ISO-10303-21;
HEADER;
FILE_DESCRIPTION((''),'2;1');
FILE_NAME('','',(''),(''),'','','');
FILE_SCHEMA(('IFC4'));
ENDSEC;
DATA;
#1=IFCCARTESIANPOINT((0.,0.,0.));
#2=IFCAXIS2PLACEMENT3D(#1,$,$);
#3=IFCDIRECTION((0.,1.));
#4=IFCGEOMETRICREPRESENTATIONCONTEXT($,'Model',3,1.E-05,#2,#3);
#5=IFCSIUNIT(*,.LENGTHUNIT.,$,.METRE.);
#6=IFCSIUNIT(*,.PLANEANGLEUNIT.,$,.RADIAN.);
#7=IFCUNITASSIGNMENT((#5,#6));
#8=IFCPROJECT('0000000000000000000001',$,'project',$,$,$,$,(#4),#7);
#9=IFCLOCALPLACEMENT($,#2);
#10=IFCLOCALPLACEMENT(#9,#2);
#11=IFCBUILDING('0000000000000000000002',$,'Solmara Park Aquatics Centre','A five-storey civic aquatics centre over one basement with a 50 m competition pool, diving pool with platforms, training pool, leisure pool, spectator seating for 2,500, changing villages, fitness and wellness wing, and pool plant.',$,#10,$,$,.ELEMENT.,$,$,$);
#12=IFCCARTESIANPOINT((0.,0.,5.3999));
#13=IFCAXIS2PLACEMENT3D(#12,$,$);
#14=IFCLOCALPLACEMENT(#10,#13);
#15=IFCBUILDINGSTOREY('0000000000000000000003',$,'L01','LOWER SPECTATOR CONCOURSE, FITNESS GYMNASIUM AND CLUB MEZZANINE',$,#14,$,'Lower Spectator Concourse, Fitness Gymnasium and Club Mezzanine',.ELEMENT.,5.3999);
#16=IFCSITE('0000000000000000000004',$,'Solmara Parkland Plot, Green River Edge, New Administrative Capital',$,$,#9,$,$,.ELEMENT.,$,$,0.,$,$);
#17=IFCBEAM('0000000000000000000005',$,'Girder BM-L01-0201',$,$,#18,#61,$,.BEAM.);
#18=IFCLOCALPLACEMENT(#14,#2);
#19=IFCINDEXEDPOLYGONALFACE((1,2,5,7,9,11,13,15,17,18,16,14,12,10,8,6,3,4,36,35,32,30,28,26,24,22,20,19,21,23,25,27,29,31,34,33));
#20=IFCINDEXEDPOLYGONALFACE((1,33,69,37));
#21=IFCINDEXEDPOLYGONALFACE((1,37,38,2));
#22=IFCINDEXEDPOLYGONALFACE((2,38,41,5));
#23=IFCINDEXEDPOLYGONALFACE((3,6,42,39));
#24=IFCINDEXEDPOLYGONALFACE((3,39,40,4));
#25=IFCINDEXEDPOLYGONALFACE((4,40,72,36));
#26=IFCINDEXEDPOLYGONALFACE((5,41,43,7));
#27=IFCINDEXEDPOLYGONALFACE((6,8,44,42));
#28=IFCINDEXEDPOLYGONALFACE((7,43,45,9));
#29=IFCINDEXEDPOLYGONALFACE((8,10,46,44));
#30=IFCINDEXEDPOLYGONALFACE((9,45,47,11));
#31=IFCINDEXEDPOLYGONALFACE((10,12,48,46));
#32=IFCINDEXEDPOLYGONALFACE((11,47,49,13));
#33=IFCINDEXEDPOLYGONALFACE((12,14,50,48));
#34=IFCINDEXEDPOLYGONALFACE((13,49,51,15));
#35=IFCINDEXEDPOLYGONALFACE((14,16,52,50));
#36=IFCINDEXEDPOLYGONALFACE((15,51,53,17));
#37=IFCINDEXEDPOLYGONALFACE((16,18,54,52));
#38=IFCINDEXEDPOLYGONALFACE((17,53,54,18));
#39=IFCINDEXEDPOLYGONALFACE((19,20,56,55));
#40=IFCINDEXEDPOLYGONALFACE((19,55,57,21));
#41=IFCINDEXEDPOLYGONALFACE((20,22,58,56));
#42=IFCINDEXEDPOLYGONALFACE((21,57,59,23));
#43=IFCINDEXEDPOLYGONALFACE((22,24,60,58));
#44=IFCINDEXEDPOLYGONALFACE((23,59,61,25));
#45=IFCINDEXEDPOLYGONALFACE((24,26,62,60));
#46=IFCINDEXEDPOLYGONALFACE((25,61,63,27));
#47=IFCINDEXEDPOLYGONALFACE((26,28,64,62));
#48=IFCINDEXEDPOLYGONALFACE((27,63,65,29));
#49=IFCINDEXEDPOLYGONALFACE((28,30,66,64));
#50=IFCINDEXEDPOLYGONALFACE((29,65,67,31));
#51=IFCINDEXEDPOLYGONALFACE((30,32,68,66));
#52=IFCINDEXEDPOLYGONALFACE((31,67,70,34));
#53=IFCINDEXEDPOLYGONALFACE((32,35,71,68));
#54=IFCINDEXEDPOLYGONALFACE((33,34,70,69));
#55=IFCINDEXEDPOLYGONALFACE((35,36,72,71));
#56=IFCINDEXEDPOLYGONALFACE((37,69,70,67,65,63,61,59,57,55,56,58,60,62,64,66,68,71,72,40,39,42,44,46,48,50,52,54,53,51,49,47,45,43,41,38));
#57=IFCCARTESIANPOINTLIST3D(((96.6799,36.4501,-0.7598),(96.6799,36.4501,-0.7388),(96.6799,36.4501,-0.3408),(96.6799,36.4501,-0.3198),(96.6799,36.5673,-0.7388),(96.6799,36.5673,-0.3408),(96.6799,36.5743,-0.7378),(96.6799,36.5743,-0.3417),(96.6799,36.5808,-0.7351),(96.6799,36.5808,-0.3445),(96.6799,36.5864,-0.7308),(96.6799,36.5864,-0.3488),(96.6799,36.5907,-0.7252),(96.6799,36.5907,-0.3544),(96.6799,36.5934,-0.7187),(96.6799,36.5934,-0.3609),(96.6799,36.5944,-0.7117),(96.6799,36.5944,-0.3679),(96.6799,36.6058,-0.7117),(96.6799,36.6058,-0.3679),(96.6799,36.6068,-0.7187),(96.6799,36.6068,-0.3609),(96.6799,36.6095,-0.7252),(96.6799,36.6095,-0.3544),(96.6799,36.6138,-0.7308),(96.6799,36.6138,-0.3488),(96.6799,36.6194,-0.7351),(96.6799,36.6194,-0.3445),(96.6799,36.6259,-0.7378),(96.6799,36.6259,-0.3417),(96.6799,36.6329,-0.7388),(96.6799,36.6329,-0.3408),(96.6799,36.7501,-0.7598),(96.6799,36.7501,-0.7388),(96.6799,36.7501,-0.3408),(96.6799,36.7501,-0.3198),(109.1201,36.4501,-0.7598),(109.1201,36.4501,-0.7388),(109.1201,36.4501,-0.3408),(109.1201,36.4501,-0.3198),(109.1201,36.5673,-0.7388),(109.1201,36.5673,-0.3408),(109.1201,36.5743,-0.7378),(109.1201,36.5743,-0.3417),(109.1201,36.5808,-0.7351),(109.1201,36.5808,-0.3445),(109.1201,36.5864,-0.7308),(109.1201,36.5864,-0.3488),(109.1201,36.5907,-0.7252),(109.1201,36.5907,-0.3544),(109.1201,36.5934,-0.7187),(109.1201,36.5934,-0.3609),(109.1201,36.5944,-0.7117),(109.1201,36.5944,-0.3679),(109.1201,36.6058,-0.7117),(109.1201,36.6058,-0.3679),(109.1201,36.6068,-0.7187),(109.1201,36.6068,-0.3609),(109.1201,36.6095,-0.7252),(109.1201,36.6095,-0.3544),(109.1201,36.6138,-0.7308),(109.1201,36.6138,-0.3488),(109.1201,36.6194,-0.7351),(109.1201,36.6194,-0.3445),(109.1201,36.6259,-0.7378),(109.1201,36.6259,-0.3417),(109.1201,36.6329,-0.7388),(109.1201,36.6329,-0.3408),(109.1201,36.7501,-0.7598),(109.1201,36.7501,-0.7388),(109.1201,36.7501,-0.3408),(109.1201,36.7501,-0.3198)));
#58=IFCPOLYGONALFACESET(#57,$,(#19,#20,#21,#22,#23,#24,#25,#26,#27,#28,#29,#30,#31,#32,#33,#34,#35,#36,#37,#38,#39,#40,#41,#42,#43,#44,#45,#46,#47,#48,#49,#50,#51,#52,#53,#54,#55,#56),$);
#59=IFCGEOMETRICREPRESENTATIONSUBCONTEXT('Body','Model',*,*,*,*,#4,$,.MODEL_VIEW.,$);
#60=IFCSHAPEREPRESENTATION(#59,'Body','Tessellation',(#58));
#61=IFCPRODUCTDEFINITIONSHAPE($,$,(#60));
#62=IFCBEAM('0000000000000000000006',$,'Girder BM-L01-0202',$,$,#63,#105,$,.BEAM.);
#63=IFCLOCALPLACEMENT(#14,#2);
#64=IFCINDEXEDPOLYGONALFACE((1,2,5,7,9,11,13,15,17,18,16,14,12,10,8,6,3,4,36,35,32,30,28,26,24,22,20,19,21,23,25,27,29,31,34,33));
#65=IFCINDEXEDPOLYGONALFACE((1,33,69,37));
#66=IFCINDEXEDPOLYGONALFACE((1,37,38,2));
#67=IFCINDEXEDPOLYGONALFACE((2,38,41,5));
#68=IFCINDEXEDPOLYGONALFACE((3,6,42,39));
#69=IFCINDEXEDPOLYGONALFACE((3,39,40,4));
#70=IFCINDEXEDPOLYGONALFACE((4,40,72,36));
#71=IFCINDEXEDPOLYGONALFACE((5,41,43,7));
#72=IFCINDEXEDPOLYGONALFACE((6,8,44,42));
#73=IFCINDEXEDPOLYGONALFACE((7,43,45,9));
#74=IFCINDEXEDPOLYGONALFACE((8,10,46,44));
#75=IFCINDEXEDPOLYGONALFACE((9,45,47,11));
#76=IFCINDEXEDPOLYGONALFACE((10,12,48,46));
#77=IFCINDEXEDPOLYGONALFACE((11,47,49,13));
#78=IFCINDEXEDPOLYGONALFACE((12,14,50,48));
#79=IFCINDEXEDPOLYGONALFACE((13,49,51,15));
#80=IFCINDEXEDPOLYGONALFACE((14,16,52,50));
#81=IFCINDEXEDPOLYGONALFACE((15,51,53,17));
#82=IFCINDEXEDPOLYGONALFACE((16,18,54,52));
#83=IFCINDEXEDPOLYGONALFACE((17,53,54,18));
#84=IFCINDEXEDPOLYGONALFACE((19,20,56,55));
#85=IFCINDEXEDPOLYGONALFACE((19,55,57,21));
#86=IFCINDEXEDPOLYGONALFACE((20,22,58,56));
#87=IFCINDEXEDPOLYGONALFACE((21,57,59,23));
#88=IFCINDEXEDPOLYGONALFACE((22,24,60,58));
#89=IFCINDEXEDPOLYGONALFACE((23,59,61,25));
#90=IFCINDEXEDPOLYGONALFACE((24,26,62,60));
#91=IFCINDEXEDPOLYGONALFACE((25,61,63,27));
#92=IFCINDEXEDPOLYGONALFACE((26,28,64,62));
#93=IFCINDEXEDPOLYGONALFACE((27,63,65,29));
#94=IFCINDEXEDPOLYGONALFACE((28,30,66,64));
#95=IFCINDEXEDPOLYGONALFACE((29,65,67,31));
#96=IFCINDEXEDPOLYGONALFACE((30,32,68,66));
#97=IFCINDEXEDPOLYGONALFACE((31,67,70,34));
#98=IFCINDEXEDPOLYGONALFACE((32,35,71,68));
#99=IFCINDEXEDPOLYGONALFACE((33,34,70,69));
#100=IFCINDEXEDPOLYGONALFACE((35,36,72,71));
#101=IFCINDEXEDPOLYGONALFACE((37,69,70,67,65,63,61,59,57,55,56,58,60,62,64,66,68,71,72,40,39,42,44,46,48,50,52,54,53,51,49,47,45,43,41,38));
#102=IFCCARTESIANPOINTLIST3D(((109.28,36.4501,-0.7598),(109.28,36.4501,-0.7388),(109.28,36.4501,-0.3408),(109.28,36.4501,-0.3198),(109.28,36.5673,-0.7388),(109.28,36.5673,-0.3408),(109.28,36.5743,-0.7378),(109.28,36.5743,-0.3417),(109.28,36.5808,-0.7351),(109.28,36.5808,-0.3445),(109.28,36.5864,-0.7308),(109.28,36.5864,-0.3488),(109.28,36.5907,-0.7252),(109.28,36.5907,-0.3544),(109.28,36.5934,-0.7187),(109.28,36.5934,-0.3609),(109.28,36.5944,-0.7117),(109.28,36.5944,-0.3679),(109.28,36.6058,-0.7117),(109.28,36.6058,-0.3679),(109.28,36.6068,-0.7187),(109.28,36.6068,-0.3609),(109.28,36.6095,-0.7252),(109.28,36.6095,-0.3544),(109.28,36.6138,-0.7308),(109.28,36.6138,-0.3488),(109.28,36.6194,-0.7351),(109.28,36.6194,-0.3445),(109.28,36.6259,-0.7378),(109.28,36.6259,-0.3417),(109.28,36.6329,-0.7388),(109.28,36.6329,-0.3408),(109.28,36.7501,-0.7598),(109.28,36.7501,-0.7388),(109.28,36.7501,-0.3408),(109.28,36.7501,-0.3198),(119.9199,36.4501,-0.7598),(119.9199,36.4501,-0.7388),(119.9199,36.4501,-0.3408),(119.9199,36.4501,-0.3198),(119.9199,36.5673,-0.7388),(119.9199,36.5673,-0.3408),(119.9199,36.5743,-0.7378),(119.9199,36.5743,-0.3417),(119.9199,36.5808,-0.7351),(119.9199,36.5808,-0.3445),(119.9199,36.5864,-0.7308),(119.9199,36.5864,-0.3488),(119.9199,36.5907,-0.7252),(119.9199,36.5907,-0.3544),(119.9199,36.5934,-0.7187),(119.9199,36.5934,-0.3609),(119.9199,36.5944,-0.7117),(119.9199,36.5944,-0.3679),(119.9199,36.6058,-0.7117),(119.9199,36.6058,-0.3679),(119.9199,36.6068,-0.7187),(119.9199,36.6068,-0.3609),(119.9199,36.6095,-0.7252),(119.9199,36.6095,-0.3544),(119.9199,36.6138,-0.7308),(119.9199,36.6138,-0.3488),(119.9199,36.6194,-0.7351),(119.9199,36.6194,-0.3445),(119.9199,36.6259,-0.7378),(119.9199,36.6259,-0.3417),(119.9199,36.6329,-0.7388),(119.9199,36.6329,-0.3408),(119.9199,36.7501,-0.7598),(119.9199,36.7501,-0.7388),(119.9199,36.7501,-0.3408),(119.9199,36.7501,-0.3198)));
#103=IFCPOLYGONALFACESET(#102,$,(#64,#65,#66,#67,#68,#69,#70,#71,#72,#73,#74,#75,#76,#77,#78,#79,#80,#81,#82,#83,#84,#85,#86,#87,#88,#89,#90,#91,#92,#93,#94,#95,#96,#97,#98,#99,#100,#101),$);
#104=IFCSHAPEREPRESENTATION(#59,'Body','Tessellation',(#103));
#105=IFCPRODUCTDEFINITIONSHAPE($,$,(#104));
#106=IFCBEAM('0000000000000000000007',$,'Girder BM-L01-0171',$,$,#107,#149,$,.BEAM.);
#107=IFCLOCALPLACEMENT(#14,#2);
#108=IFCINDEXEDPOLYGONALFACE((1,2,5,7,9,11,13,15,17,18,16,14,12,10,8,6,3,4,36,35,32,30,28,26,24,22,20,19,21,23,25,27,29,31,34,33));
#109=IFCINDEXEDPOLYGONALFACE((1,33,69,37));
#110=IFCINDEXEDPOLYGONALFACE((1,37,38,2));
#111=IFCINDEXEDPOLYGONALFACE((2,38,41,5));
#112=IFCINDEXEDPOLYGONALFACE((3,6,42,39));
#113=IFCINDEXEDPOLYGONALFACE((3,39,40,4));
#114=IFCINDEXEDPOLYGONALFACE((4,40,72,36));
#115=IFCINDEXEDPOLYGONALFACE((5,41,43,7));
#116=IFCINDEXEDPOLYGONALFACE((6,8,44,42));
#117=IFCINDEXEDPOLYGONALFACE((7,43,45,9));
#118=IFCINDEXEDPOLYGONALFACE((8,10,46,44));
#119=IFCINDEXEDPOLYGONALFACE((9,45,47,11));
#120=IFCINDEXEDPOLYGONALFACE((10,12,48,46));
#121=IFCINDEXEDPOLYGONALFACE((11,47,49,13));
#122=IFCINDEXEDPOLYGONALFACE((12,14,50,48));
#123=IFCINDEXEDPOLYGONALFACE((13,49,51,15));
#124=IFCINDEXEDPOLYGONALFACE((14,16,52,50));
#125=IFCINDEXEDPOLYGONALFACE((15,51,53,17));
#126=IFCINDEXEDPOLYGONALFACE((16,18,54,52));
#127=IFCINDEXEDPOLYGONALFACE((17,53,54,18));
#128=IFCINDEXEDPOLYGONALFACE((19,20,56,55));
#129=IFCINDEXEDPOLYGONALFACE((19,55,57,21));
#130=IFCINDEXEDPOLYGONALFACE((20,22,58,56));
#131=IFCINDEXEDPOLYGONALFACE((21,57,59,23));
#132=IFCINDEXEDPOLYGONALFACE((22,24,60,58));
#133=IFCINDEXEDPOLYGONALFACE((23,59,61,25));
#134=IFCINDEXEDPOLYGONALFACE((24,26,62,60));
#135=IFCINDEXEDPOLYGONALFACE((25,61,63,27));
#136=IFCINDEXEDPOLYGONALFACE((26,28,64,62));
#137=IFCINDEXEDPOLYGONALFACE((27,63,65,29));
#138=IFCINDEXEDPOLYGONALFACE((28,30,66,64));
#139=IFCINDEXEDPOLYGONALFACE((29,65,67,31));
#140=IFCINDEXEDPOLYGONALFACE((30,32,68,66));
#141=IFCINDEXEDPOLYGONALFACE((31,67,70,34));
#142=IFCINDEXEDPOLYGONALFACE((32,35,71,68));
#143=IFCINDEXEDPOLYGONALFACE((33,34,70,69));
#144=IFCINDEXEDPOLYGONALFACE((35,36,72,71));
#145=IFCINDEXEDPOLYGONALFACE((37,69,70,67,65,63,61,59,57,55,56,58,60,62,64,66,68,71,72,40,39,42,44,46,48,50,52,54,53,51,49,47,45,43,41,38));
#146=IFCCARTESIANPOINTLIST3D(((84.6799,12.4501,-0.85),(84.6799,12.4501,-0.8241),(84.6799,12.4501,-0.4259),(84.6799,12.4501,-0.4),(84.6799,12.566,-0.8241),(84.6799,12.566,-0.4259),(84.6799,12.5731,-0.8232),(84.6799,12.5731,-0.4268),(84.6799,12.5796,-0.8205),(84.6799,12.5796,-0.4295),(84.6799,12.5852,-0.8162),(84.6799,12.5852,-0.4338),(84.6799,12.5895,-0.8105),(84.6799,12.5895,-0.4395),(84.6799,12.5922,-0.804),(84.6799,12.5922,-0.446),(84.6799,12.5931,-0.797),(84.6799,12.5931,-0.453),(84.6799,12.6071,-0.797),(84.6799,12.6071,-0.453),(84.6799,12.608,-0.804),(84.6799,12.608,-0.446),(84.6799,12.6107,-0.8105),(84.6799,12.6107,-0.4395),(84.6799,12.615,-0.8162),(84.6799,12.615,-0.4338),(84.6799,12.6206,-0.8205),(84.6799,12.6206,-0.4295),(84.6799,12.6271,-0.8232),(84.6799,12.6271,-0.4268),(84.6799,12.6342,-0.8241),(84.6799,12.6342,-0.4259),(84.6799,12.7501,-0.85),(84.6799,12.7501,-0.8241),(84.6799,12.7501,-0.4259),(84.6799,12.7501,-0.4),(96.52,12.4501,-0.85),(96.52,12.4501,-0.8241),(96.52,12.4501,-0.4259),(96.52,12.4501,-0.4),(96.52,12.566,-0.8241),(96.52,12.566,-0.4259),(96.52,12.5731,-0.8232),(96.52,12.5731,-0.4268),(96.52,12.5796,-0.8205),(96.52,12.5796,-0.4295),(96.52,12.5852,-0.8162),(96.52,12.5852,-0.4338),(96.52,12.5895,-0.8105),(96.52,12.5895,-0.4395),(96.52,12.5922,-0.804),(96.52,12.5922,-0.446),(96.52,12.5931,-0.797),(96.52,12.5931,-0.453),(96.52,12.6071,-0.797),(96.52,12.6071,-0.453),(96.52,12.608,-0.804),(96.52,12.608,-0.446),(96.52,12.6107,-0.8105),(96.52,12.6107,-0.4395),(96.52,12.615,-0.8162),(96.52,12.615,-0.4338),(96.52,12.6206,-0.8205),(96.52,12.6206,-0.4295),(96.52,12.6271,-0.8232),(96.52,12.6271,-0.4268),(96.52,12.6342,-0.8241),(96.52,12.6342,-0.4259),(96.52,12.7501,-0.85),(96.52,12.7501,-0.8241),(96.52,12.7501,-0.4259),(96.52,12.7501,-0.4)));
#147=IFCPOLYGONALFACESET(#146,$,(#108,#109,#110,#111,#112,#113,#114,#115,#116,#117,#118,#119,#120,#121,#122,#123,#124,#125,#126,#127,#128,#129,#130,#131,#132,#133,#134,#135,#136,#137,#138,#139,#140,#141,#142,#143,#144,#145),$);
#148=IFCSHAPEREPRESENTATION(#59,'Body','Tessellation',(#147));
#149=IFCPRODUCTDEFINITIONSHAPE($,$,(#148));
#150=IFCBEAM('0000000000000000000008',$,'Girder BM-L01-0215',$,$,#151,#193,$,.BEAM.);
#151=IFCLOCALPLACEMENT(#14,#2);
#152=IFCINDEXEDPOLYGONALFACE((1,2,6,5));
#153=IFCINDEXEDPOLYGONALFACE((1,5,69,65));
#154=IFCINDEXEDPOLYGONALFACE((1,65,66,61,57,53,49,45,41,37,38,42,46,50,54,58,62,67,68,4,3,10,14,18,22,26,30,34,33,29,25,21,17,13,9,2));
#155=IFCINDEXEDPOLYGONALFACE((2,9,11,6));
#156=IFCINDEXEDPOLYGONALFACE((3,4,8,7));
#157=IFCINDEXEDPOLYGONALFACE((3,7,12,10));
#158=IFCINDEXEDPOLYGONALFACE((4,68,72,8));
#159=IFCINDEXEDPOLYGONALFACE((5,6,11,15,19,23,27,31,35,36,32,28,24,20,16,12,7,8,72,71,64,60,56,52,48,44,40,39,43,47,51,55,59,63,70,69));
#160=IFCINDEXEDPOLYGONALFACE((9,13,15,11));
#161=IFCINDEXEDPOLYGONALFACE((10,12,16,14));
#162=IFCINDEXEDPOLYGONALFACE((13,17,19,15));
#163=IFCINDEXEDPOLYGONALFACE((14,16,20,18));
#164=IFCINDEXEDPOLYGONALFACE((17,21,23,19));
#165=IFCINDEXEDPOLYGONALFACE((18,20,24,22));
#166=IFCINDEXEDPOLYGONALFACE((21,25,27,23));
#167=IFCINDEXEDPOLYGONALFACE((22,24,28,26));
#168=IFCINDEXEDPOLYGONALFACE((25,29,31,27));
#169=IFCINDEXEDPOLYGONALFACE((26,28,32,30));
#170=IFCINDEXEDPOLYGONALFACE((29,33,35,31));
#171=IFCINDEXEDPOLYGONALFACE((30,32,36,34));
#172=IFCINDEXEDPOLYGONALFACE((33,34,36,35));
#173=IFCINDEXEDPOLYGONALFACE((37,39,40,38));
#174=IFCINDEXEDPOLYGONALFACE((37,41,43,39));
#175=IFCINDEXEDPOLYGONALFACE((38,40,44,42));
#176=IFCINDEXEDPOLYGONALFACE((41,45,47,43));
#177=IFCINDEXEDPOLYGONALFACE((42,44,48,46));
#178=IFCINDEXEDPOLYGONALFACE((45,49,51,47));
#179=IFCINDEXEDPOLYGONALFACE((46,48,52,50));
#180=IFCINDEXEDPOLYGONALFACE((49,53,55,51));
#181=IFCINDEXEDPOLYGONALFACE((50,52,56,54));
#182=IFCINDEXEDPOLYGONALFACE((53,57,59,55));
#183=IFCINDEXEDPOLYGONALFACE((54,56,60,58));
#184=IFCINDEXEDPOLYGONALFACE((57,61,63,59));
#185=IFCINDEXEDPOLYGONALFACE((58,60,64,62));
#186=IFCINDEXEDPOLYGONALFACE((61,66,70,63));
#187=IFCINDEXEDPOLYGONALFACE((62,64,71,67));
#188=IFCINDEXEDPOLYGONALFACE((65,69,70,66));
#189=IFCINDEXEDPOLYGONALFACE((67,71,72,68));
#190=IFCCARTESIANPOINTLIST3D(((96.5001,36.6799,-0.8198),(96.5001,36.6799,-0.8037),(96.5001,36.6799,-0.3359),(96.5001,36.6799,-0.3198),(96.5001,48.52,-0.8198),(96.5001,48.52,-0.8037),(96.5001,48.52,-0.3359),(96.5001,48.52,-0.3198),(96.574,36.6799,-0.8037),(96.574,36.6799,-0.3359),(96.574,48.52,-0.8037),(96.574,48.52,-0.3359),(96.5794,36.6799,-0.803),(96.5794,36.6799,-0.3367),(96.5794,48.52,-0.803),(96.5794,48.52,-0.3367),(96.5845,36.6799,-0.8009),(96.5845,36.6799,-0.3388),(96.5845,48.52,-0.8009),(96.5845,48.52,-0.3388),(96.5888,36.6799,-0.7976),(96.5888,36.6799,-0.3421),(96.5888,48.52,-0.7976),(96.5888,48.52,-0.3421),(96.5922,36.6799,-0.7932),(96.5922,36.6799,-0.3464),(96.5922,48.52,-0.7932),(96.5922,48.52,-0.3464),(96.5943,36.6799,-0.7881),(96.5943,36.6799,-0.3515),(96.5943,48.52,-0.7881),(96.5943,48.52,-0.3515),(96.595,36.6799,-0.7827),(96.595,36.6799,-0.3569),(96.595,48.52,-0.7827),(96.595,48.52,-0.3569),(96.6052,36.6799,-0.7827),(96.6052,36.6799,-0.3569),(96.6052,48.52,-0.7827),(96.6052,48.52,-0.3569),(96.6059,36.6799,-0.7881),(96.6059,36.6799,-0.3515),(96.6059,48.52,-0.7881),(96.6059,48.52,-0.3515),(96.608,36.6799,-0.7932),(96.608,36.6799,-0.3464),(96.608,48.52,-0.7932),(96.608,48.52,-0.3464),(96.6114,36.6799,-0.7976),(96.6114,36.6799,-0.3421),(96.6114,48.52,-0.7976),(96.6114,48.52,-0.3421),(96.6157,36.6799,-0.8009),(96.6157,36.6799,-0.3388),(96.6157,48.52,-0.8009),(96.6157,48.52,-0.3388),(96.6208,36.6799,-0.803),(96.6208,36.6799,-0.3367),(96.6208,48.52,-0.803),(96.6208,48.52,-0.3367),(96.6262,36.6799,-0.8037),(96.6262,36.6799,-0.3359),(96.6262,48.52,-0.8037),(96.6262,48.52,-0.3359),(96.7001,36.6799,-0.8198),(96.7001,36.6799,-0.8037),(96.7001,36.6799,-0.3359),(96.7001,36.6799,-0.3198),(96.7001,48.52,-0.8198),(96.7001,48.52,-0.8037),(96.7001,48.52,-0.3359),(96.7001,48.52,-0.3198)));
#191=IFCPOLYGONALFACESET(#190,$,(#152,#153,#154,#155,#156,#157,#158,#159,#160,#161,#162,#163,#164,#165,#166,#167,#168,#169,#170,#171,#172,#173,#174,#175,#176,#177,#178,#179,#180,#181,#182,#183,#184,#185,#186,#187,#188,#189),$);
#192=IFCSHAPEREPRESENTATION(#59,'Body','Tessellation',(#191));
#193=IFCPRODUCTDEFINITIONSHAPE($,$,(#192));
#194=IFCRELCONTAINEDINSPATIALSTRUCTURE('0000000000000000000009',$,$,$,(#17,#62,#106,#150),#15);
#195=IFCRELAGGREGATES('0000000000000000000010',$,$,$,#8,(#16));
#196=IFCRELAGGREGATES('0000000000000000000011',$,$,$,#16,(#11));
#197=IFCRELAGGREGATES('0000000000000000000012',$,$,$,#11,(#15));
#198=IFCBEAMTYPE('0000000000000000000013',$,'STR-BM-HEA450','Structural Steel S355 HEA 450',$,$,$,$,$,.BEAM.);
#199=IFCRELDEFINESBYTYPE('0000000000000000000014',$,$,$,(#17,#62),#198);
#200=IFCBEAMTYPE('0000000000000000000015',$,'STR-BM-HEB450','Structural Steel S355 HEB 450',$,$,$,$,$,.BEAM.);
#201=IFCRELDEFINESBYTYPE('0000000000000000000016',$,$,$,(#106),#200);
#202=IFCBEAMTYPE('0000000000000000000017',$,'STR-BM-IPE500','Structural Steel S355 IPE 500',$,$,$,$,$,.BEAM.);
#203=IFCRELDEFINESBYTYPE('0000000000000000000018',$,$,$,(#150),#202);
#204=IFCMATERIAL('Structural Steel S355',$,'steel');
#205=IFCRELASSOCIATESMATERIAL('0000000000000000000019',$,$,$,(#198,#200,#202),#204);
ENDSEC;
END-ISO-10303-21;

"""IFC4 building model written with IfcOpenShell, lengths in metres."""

from ifc_helpers import new_model, si_unit, direction, frame, origin, origin_2d, place, context, subcontext, project, spatial, i_section, extrude, material, material_profile, profile_set, type_object, element, save


model = new_model("IFC4")

# Units and contexts
model_context = context("Model", 3, precision=1e-05, world=origin(), true_north=direction((0.0, 1.0)))
body_context = subcontext(model_context, "Body", "Model", "MODEL_VIEW")
ifc_project = project(units=[si_unit("LENGTHUNIT", "METRE"), si_unit("PLANEANGLEUNIT", "RADIAN")], contexts=[model_context])

# Site, building, storey
site_placement = place(None, origin())
site = spatial("IfcSite", under=ifc_project, at=site_placement, Name="Solmara Parkland Plot, Green River Edge, New Administrative Capital", CompositionType="ELEMENT", RefElevation=0.0)
building_placement = place(site_placement, origin())
building = spatial("IfcBuilding", under=site, at=building_placement, Name="Solmara Park Aquatics Centre", Description="A five-storey civic aquatics centre over one basement with a 50 m competition pool, diving pool with platforms, training pool, leisure pool, spectator seating for 2,500, changing villages, fitness and wellness wing, and pool plant.", CompositionType="ELEMENT")
storey_placement = place(building_placement, frame((0.0, 0.0, 5.3999)))
storey = spatial("IfcBuildingStorey", under=building, at=storey_placement, Name="L01", Description="LOWER SPECTATOR CONCOURSE, FITNESS GYMNASIUM AND CLUB MEZZANINE", LongName="Lower Spectator Concourse, Fitness Gymnasium and Club Mezzanine", CompositionType="ELEMENT", Elevation=5.3999)

# Shared definitions
ifc_material_1 = material(Name="Structural Steel S355", Category="steel")

# Beams
ifc_material_profile_1 = material_profile(ifc_material_1, i_section(OverallWidth=0.3, OverallDepth=0.4399, WebThickness=0.0115, FlangeThickness=0.021, FilletRadius=0.0271, at=origin_2d()), Name="HEA 450")
ifc_profile_set_1 = profile_set([ifc_material_profile_1], Name="Structural Steel S355")
beam_type_1 = type_object("IfcBeamType", Name="STR-BM-HEA450", Description="Structural Steel S355 HEA 450", PredefinedType="BEAM", material=ifc_profile_set_1)
beam_1_placement = place(storey_placement, frame((96.6799, 36.6001, -0.5398), z_axis=(1.0, 0.0, 0.0), x_axis=(0.0, 1.0, 0.0)))
element("IfcBeam", 1, at=beam_1_placement, inside=storey, type_object=beam_type_1, Name="Girder BM-L01-0201", PredefinedType="BEAM", context=body_context, shape_type="SweptSolid", body=[
    extrude(i_section(OverallWidth=0.3, OverallDepth=0.4399, WebThickness=0.0115, FlangeThickness=0.021, FilletRadius=0.0271, at=origin_2d()), origin(), (0.0, 0.0, 1.0), 12.4402),
])
beam_2_placement = place(storey_placement, frame((109.28, 36.6001, -0.5398), z_axis=(1.0, 0.0, 0.0), x_axis=(0.0, 1.0, 0.0)))
element("IfcBeam", 2, at=beam_2_placement, inside=storey, type_object=beam_type_1, Name="Girder BM-L01-0202", PredefinedType="BEAM", context=body_context, shape_type="SweptSolid", body=[
    extrude(i_section(OverallWidth=0.3, OverallDepth=0.4399, WebThickness=0.0115, FlangeThickness=0.021, FilletRadius=0.0271, at=origin_2d()), origin(), (0.0, 0.0, 1.0), 10.6399),
])
ifc_material_profile_2 = material_profile(ifc_material_1, i_section(OverallWidth=0.3, OverallDepth=0.45, WebThickness=0.0139, FlangeThickness=0.0259, FilletRadius=0.0271, at=origin_2d()), Name="HEB 450")
ifc_profile_set_2 = profile_set([ifc_material_profile_2], Name="Structural Steel S355")
beam_type_2 = type_object("IfcBeamType", Name="STR-BM-HEB450", Description="Structural Steel S355 HEB 450", PredefinedType="BEAM", material=ifc_profile_set_2)
beam_3_placement = place(storey_placement, frame((84.6799, 12.6001, -0.625), z_axis=(1.0, 0.0, 0.0), x_axis=(0.0, 1.0, 0.0)))
element("IfcBeam", 3, at=beam_3_placement, inside=storey, type_object=beam_type_2, Name="Girder BM-L01-0171", PredefinedType="BEAM", context=body_context, shape_type="SweptSolid", body=[
    extrude(i_section(OverallWidth=0.3, OverallDepth=0.45, WebThickness=0.0139, FlangeThickness=0.0259, FilletRadius=0.0271, at=origin_2d()), origin(), (0.0, 0.0, 1.0), 11.8401),
])
ifc_material_profile_3 = material_profile(ifc_material_1, i_section(OverallWidth=0.2, OverallDepth=0.5, WebThickness=0.0103, FlangeThickness=0.0161, FilletRadius=0.021, at=origin_2d()), Name="IPE 500")
ifc_profile_set_3 = profile_set([ifc_material_profile_3], Name="Structural Steel S355")
beam_type_3 = type_object("IfcBeamType", Name="STR-BM-IPE500", Description="Structural Steel S355 IPE 500", PredefinedType="BEAM", material=ifc_profile_set_3)
for number, where, z_axis, x_axis, name in (
    (4, (96.6001, 36.6799, -0.5698), (0.0, 1.0, 0.0), (-1.0, 0.0, 0.0), "Girder BM-L01-0215"),
):
    element("IfcBeam", number, at=place(storey_placement, frame(where, z_axis=z_axis, x_axis=x_axis)), inside=storey, type_object=beam_type_3, Name=name, PredefinedType="BEAM", context=body_context, shape_type="SweptSolid", body=[
        extrude(i_section(OverallWidth=0.2, OverallDepth=0.5, WebThickness=0.0103, FlangeThickness=0.0161, FilletRadius=0.021, at=origin_2d()), origin(), (0.0, 0.0, 1.0), 11.8401),
    ])

save(model, "model.ifc")
